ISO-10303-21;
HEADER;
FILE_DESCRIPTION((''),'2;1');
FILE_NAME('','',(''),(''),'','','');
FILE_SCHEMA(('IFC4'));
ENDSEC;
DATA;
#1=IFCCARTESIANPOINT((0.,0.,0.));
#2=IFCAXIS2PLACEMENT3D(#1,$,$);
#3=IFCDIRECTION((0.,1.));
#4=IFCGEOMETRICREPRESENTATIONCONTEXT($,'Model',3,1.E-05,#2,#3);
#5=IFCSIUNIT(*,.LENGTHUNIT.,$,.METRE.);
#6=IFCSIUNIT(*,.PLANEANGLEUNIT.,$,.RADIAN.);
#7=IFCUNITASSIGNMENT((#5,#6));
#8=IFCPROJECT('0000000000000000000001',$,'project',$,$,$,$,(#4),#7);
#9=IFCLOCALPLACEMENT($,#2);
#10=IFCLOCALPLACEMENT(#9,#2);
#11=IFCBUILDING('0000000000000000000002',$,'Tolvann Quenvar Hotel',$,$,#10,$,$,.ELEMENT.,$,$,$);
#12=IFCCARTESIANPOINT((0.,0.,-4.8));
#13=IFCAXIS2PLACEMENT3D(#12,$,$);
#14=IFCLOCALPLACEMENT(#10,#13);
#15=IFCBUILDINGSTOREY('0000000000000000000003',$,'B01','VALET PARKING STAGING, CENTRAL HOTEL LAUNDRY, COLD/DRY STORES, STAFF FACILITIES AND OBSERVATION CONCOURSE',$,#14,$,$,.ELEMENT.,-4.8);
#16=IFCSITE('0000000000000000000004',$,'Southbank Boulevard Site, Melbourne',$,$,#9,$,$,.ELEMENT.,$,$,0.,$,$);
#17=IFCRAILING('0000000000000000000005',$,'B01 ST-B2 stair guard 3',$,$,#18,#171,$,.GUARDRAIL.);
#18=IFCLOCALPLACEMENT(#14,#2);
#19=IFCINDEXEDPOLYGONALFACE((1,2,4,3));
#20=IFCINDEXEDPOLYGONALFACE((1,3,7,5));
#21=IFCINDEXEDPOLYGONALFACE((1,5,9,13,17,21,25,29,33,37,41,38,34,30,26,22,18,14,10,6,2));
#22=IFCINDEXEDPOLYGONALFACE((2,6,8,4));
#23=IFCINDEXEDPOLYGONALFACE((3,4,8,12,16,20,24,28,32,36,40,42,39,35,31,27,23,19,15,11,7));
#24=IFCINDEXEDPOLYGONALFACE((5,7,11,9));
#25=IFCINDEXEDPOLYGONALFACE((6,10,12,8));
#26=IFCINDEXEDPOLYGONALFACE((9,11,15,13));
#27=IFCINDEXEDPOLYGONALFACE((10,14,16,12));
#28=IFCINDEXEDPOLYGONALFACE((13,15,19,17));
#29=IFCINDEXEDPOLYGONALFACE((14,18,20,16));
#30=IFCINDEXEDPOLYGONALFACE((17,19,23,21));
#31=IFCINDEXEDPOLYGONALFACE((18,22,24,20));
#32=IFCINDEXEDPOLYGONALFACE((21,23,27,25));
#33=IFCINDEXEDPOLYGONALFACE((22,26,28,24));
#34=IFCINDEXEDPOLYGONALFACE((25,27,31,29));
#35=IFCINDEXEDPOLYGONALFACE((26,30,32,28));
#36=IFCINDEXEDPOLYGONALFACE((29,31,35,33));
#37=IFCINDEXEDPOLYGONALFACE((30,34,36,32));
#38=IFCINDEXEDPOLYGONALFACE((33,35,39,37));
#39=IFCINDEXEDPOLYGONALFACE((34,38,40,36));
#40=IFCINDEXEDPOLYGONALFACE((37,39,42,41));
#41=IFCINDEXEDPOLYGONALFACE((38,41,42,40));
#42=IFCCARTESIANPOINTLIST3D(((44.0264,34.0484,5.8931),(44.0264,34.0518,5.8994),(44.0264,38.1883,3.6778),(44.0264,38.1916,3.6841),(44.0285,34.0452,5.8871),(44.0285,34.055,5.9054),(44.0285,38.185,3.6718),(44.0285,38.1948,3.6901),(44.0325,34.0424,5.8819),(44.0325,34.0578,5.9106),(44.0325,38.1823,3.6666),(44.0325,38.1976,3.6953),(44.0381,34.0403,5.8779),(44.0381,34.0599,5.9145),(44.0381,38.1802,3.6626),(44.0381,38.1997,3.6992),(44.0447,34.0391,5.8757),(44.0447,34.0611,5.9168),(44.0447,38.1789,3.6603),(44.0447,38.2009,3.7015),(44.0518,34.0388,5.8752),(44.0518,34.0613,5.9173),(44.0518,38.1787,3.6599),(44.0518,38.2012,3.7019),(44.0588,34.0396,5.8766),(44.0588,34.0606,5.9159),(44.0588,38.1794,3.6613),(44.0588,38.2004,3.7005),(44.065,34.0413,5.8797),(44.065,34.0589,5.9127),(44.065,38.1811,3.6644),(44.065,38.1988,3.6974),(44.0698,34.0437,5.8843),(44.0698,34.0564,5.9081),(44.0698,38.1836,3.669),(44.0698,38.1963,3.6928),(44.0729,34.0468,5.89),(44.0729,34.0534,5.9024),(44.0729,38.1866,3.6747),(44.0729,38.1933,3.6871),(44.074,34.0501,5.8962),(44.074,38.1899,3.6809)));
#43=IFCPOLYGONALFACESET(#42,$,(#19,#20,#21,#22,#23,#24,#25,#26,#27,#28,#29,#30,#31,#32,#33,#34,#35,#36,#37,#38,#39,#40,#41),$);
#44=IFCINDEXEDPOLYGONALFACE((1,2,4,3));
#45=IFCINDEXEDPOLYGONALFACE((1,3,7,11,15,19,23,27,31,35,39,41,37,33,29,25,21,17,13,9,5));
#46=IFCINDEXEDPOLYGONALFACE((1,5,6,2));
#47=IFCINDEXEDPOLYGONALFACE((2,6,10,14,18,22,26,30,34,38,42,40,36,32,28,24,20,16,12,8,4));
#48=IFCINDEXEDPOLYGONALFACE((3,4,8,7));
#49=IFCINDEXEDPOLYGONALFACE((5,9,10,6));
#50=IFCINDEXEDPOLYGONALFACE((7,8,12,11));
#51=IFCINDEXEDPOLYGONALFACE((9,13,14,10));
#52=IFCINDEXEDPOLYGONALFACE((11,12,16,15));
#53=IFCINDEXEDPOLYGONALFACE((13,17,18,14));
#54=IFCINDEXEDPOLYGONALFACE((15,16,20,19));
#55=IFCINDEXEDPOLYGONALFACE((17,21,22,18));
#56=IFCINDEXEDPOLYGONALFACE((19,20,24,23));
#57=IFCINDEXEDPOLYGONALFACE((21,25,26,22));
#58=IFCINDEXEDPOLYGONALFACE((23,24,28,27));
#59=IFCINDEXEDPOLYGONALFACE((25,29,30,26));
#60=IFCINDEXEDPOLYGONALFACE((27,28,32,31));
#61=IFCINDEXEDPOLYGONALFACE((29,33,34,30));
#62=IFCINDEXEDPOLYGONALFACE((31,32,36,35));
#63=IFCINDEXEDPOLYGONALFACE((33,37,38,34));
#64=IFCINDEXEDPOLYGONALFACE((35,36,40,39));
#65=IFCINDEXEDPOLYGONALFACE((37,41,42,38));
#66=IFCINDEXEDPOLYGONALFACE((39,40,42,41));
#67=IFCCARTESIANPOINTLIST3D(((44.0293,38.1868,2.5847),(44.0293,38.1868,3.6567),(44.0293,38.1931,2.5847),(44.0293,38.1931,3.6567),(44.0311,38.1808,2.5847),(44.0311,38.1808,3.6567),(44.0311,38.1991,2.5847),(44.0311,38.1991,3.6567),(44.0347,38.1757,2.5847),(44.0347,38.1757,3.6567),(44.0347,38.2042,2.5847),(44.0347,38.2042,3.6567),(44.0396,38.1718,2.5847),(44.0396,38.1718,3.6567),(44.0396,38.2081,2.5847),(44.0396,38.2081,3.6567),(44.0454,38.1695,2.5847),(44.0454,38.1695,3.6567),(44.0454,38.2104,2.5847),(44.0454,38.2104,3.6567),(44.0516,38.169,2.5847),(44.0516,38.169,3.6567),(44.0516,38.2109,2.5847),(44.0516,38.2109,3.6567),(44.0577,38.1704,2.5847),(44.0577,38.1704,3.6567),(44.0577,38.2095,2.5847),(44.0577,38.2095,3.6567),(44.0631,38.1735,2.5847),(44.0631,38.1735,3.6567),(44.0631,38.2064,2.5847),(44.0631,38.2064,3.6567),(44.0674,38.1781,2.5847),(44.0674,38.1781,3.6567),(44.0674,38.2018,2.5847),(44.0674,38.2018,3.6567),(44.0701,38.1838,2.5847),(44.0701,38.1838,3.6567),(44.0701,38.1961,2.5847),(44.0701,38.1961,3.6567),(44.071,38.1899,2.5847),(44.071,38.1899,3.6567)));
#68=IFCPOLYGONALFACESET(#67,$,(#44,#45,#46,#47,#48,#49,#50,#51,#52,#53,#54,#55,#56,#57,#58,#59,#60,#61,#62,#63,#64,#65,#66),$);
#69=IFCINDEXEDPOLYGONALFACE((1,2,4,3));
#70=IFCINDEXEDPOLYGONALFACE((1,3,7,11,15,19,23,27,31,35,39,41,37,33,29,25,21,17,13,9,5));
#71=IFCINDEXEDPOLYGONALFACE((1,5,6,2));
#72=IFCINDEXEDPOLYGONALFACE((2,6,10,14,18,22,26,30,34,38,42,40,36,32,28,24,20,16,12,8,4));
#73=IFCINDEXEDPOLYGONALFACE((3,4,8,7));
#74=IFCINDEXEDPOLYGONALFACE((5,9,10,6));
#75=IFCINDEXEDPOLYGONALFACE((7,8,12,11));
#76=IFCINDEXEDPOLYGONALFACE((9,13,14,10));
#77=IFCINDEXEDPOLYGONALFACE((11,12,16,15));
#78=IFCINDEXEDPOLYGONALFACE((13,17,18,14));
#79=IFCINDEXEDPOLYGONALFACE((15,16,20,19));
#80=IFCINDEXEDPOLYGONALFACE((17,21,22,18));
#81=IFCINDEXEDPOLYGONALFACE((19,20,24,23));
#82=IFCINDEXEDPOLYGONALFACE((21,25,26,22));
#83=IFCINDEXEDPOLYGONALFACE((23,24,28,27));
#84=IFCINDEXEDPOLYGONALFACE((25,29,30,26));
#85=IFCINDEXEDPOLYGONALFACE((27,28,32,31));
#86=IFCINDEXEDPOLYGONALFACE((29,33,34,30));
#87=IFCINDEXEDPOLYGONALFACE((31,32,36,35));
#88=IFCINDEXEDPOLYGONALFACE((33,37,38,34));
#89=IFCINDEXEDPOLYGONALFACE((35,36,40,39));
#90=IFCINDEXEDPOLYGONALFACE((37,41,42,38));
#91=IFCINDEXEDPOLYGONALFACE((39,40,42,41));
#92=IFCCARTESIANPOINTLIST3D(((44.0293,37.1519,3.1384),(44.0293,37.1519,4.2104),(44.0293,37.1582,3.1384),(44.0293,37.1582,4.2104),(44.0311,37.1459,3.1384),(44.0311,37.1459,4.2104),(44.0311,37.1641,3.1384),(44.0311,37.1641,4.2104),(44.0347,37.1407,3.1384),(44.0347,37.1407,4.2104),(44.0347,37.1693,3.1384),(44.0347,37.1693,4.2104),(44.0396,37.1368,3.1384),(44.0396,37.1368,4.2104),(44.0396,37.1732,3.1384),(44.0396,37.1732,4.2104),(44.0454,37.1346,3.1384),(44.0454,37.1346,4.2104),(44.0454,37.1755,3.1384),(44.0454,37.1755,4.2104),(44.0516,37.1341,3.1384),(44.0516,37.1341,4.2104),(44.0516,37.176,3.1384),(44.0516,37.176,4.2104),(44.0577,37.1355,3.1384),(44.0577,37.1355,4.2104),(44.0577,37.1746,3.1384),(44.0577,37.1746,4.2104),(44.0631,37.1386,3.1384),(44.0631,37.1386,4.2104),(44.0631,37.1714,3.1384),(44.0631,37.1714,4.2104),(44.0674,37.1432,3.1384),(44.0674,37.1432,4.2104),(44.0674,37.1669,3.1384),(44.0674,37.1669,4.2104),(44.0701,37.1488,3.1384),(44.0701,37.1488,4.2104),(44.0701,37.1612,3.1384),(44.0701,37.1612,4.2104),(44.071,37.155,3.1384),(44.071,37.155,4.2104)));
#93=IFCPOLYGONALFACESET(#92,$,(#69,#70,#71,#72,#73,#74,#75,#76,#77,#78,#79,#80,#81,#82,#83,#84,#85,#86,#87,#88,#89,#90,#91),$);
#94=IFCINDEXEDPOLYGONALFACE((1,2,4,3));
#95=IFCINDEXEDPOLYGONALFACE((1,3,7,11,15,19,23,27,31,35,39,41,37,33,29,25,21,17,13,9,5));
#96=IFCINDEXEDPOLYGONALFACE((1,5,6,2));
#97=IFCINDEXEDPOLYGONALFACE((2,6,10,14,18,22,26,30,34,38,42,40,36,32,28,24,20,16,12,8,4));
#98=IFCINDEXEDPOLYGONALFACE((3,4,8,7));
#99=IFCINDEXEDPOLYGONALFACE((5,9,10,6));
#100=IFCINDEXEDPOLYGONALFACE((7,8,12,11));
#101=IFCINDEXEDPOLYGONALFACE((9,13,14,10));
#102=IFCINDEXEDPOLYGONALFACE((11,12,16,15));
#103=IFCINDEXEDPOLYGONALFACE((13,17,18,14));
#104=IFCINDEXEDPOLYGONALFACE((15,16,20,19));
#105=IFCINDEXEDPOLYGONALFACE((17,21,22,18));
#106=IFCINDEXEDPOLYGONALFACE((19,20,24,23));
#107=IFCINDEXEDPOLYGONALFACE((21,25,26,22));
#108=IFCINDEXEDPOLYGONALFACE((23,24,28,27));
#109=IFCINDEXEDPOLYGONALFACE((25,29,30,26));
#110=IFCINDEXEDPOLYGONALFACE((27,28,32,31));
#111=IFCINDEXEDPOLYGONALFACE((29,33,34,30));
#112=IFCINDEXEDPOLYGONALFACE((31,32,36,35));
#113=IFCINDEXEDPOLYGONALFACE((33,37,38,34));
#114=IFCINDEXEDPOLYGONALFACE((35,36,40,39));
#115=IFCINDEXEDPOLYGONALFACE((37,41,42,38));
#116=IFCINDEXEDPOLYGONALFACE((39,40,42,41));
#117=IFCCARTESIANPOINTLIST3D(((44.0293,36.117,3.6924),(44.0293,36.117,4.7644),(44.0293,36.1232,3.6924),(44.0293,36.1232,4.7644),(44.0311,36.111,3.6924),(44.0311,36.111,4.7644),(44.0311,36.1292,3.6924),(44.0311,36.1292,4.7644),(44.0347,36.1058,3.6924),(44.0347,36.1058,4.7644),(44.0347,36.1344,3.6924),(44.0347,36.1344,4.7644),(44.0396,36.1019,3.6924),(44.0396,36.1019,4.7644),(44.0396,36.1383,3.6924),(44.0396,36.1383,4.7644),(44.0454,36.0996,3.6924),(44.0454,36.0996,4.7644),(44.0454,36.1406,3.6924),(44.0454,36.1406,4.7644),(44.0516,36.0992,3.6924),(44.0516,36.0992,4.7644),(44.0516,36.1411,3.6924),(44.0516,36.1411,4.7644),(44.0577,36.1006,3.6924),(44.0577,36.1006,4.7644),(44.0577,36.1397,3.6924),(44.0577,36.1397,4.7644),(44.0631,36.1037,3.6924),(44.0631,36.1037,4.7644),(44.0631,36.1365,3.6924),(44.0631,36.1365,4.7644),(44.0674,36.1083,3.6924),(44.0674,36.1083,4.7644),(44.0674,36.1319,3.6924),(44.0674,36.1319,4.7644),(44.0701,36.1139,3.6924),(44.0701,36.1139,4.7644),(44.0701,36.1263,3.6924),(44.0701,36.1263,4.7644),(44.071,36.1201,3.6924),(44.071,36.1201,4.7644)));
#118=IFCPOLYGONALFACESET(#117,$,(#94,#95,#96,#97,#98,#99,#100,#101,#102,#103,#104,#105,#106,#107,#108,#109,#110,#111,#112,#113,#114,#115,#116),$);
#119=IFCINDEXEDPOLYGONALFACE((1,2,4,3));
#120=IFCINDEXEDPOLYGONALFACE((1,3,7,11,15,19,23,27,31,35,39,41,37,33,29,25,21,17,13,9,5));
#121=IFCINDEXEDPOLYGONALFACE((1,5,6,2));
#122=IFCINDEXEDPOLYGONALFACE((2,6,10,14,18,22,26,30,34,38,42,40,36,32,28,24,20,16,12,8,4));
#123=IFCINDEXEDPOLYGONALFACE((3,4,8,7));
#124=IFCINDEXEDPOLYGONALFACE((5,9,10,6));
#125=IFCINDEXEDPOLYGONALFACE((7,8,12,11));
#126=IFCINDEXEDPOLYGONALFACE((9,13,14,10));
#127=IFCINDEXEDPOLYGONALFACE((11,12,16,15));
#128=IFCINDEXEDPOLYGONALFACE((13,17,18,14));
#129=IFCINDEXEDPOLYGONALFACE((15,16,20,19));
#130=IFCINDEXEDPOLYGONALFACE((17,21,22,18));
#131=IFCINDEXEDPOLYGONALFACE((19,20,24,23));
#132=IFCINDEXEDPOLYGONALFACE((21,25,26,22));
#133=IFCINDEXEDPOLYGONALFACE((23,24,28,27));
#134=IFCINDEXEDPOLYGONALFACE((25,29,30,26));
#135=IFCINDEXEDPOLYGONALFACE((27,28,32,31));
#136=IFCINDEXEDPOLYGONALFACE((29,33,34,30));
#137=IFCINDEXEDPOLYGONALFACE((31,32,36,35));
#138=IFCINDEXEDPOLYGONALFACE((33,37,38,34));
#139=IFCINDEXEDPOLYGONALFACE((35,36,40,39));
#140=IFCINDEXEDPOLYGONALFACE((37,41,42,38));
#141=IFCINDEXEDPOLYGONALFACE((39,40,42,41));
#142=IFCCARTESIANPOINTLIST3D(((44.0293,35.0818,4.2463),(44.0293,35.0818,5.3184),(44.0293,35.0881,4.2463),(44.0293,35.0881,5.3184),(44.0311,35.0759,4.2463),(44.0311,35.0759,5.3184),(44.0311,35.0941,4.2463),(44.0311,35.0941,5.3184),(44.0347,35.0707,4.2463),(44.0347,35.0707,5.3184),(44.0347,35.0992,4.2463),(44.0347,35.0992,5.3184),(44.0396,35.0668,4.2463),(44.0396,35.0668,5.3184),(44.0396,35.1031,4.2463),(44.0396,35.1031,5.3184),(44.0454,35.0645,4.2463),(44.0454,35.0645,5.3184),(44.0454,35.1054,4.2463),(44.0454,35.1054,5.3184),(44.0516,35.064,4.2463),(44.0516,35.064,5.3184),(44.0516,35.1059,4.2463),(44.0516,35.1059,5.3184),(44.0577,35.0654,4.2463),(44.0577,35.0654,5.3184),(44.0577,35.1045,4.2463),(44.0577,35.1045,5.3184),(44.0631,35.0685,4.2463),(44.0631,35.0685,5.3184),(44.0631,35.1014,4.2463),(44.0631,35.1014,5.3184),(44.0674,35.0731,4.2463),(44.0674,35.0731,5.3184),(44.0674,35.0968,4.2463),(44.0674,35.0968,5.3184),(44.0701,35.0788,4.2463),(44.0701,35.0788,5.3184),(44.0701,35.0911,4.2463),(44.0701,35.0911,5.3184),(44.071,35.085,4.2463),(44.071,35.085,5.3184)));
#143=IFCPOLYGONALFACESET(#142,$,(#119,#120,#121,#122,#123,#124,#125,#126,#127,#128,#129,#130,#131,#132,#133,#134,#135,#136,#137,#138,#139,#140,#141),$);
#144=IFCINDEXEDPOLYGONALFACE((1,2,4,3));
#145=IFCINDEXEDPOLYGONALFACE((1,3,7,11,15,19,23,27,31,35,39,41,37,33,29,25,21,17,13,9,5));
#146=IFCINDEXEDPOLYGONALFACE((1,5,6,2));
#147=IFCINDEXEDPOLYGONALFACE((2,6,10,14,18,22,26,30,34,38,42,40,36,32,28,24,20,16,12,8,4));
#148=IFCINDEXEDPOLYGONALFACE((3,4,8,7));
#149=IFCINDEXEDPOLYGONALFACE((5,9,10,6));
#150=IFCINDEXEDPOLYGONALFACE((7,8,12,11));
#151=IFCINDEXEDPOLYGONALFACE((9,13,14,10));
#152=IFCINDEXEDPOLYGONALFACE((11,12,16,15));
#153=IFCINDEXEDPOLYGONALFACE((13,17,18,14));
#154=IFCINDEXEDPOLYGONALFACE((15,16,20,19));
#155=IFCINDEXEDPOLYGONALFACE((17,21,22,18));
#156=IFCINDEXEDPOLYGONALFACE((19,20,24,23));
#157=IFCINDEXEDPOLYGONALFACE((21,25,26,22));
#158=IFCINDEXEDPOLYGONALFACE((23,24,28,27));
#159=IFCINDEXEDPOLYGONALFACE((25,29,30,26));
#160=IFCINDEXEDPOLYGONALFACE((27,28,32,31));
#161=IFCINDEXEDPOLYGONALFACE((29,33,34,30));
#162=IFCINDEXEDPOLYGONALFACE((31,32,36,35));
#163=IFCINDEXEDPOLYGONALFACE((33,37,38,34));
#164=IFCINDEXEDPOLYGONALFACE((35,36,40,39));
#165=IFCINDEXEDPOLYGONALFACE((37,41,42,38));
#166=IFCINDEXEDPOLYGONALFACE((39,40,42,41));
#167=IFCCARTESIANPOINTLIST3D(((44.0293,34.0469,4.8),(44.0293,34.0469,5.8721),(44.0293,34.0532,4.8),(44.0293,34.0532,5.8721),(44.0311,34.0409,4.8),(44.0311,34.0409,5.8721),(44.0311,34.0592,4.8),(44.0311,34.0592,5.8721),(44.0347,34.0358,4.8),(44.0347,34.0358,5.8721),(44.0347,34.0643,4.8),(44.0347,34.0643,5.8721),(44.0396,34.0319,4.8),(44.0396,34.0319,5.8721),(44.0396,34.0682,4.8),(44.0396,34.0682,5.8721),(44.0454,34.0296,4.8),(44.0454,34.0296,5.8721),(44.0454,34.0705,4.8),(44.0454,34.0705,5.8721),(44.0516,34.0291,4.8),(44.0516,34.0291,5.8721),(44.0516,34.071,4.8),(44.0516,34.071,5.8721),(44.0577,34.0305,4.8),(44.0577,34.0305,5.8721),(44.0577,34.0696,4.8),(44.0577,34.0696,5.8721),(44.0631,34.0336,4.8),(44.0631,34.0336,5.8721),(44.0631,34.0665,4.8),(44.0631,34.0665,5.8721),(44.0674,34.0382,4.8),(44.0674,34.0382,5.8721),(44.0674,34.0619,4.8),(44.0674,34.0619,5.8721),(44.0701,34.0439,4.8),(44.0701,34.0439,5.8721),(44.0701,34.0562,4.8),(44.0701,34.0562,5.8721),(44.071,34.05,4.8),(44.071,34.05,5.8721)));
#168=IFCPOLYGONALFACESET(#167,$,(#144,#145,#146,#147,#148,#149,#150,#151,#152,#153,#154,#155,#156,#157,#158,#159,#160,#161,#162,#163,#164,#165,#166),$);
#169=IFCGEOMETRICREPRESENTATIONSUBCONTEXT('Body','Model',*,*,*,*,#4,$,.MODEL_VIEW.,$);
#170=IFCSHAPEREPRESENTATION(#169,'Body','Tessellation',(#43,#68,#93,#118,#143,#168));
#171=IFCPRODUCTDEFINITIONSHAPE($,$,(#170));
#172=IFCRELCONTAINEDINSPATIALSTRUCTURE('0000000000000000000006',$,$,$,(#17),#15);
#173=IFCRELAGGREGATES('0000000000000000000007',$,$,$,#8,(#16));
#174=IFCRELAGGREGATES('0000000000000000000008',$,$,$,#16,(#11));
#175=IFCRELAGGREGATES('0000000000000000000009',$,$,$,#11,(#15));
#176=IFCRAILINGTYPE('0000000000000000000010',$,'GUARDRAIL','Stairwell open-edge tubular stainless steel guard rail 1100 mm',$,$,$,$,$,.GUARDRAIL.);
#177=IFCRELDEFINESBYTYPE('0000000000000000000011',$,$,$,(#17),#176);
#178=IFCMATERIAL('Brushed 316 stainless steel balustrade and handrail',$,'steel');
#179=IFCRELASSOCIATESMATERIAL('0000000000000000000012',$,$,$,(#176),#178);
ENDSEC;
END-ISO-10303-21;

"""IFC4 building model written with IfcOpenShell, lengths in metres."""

from ifc_helpers import new_model, si_unit, direction, frame, origin, origin_2d, place, context, subcontext, project, spatial, circle, extrude, material, type_object, element, save


model = new_model("IFC4")

# Units and contexts
model_context = context("Model", 3, precision=1e-05, world=origin(), true_north=direction((0.0, 1.0)))
body_context = subcontext(model_context, "Body", "Model", "MODEL_VIEW")
ifc_project = project(units=[si_unit("LENGTHUNIT", "METRE"), si_unit("PLANEANGLEUNIT", "RADIAN")], contexts=[model_context])

# Site, building, storey
site_placement = place(None, origin())
site = spatial("IfcSite", under=ifc_project, at=site_placement, Name="Southbank Boulevard Site, Melbourne", CompositionType="ELEMENT", RefElevation=0.0)
building_placement = place(site_placement, origin())
building = spatial("IfcBuilding", under=site, at=building_placement, Name="Tolvann Quenvar Hotel", CompositionType="ELEMENT")
storey_placement = place(building_placement, frame((0.0, 0.0, -4.8)))
storey = spatial("IfcBuildingStorey", under=building, at=storey_placement, Name="B01", Description="VALET PARKING STAGING, CENTRAL HOTEL LAUNDRY, COLD/DRY STORES, STAFF FACILITIES AND OBSERVATION CONCOURSE", CompositionType="ELEMENT", Elevation=-4.8)

# Railing
ifc_material_1 = material(Name="Brushed 316 stainless steel balustrade and handrail", Category="steel")
railing_type_1 = type_object("IfcRailingType", Name="GUARDRAIL", Description="Stairwell open-edge tubular stainless steel guard rail 1100 mm", PredefinedType="GUARDRAIL", material=ifc_material_1)
railing_1_placement = place(storey_placement, frame((44.05, 38.1899, 2.5847)))
element("IfcRailing", 1, at=railing_1_placement, inside=storey, type_object=railing_type_1, Name="B01 ST-B2 stair guard 3", PredefinedType="GUARDRAIL", context=body_context, shape_type="SweptSolid", body=[
    extrude(circle(Radius=0.0239, at=origin_2d()), frame((0.0, 0.0, 1.0962), z_axis=(0.0, -0.881699, 0.471813), x_axis=(1.0, 0.0, 0.0)), (0.0, 0.0, 1.0), 4.6953),
    extrude(circle(Radius=0.021, at=origin_2d()), origin(), (0.0, 0.0, 1.0), 1.072),
    extrude(circle(Radius=0.021, at=origin_2d()), frame((0.0, -1.0349, 0.5537)), (0.0, 0.0, 1.0), 1.072),
    extrude(circle(Radius=0.021, at=origin_2d()), frame((0.0, -2.0698, 1.1077)), (0.0, 0.0, 1.0), 1.072),
    extrude(circle(Radius=0.021, at=origin_2d()), frame((0.0, -3.105, 1.6616)), (0.0, 0.0, 1.0), 1.072),
    extrude(circle(Radius=0.021, at=origin_2d()), frame((0.0, -4.1399, 2.2153)), (0.0, 0.0, 1.0), 1.072),
])

save(model, "model.ifc")
